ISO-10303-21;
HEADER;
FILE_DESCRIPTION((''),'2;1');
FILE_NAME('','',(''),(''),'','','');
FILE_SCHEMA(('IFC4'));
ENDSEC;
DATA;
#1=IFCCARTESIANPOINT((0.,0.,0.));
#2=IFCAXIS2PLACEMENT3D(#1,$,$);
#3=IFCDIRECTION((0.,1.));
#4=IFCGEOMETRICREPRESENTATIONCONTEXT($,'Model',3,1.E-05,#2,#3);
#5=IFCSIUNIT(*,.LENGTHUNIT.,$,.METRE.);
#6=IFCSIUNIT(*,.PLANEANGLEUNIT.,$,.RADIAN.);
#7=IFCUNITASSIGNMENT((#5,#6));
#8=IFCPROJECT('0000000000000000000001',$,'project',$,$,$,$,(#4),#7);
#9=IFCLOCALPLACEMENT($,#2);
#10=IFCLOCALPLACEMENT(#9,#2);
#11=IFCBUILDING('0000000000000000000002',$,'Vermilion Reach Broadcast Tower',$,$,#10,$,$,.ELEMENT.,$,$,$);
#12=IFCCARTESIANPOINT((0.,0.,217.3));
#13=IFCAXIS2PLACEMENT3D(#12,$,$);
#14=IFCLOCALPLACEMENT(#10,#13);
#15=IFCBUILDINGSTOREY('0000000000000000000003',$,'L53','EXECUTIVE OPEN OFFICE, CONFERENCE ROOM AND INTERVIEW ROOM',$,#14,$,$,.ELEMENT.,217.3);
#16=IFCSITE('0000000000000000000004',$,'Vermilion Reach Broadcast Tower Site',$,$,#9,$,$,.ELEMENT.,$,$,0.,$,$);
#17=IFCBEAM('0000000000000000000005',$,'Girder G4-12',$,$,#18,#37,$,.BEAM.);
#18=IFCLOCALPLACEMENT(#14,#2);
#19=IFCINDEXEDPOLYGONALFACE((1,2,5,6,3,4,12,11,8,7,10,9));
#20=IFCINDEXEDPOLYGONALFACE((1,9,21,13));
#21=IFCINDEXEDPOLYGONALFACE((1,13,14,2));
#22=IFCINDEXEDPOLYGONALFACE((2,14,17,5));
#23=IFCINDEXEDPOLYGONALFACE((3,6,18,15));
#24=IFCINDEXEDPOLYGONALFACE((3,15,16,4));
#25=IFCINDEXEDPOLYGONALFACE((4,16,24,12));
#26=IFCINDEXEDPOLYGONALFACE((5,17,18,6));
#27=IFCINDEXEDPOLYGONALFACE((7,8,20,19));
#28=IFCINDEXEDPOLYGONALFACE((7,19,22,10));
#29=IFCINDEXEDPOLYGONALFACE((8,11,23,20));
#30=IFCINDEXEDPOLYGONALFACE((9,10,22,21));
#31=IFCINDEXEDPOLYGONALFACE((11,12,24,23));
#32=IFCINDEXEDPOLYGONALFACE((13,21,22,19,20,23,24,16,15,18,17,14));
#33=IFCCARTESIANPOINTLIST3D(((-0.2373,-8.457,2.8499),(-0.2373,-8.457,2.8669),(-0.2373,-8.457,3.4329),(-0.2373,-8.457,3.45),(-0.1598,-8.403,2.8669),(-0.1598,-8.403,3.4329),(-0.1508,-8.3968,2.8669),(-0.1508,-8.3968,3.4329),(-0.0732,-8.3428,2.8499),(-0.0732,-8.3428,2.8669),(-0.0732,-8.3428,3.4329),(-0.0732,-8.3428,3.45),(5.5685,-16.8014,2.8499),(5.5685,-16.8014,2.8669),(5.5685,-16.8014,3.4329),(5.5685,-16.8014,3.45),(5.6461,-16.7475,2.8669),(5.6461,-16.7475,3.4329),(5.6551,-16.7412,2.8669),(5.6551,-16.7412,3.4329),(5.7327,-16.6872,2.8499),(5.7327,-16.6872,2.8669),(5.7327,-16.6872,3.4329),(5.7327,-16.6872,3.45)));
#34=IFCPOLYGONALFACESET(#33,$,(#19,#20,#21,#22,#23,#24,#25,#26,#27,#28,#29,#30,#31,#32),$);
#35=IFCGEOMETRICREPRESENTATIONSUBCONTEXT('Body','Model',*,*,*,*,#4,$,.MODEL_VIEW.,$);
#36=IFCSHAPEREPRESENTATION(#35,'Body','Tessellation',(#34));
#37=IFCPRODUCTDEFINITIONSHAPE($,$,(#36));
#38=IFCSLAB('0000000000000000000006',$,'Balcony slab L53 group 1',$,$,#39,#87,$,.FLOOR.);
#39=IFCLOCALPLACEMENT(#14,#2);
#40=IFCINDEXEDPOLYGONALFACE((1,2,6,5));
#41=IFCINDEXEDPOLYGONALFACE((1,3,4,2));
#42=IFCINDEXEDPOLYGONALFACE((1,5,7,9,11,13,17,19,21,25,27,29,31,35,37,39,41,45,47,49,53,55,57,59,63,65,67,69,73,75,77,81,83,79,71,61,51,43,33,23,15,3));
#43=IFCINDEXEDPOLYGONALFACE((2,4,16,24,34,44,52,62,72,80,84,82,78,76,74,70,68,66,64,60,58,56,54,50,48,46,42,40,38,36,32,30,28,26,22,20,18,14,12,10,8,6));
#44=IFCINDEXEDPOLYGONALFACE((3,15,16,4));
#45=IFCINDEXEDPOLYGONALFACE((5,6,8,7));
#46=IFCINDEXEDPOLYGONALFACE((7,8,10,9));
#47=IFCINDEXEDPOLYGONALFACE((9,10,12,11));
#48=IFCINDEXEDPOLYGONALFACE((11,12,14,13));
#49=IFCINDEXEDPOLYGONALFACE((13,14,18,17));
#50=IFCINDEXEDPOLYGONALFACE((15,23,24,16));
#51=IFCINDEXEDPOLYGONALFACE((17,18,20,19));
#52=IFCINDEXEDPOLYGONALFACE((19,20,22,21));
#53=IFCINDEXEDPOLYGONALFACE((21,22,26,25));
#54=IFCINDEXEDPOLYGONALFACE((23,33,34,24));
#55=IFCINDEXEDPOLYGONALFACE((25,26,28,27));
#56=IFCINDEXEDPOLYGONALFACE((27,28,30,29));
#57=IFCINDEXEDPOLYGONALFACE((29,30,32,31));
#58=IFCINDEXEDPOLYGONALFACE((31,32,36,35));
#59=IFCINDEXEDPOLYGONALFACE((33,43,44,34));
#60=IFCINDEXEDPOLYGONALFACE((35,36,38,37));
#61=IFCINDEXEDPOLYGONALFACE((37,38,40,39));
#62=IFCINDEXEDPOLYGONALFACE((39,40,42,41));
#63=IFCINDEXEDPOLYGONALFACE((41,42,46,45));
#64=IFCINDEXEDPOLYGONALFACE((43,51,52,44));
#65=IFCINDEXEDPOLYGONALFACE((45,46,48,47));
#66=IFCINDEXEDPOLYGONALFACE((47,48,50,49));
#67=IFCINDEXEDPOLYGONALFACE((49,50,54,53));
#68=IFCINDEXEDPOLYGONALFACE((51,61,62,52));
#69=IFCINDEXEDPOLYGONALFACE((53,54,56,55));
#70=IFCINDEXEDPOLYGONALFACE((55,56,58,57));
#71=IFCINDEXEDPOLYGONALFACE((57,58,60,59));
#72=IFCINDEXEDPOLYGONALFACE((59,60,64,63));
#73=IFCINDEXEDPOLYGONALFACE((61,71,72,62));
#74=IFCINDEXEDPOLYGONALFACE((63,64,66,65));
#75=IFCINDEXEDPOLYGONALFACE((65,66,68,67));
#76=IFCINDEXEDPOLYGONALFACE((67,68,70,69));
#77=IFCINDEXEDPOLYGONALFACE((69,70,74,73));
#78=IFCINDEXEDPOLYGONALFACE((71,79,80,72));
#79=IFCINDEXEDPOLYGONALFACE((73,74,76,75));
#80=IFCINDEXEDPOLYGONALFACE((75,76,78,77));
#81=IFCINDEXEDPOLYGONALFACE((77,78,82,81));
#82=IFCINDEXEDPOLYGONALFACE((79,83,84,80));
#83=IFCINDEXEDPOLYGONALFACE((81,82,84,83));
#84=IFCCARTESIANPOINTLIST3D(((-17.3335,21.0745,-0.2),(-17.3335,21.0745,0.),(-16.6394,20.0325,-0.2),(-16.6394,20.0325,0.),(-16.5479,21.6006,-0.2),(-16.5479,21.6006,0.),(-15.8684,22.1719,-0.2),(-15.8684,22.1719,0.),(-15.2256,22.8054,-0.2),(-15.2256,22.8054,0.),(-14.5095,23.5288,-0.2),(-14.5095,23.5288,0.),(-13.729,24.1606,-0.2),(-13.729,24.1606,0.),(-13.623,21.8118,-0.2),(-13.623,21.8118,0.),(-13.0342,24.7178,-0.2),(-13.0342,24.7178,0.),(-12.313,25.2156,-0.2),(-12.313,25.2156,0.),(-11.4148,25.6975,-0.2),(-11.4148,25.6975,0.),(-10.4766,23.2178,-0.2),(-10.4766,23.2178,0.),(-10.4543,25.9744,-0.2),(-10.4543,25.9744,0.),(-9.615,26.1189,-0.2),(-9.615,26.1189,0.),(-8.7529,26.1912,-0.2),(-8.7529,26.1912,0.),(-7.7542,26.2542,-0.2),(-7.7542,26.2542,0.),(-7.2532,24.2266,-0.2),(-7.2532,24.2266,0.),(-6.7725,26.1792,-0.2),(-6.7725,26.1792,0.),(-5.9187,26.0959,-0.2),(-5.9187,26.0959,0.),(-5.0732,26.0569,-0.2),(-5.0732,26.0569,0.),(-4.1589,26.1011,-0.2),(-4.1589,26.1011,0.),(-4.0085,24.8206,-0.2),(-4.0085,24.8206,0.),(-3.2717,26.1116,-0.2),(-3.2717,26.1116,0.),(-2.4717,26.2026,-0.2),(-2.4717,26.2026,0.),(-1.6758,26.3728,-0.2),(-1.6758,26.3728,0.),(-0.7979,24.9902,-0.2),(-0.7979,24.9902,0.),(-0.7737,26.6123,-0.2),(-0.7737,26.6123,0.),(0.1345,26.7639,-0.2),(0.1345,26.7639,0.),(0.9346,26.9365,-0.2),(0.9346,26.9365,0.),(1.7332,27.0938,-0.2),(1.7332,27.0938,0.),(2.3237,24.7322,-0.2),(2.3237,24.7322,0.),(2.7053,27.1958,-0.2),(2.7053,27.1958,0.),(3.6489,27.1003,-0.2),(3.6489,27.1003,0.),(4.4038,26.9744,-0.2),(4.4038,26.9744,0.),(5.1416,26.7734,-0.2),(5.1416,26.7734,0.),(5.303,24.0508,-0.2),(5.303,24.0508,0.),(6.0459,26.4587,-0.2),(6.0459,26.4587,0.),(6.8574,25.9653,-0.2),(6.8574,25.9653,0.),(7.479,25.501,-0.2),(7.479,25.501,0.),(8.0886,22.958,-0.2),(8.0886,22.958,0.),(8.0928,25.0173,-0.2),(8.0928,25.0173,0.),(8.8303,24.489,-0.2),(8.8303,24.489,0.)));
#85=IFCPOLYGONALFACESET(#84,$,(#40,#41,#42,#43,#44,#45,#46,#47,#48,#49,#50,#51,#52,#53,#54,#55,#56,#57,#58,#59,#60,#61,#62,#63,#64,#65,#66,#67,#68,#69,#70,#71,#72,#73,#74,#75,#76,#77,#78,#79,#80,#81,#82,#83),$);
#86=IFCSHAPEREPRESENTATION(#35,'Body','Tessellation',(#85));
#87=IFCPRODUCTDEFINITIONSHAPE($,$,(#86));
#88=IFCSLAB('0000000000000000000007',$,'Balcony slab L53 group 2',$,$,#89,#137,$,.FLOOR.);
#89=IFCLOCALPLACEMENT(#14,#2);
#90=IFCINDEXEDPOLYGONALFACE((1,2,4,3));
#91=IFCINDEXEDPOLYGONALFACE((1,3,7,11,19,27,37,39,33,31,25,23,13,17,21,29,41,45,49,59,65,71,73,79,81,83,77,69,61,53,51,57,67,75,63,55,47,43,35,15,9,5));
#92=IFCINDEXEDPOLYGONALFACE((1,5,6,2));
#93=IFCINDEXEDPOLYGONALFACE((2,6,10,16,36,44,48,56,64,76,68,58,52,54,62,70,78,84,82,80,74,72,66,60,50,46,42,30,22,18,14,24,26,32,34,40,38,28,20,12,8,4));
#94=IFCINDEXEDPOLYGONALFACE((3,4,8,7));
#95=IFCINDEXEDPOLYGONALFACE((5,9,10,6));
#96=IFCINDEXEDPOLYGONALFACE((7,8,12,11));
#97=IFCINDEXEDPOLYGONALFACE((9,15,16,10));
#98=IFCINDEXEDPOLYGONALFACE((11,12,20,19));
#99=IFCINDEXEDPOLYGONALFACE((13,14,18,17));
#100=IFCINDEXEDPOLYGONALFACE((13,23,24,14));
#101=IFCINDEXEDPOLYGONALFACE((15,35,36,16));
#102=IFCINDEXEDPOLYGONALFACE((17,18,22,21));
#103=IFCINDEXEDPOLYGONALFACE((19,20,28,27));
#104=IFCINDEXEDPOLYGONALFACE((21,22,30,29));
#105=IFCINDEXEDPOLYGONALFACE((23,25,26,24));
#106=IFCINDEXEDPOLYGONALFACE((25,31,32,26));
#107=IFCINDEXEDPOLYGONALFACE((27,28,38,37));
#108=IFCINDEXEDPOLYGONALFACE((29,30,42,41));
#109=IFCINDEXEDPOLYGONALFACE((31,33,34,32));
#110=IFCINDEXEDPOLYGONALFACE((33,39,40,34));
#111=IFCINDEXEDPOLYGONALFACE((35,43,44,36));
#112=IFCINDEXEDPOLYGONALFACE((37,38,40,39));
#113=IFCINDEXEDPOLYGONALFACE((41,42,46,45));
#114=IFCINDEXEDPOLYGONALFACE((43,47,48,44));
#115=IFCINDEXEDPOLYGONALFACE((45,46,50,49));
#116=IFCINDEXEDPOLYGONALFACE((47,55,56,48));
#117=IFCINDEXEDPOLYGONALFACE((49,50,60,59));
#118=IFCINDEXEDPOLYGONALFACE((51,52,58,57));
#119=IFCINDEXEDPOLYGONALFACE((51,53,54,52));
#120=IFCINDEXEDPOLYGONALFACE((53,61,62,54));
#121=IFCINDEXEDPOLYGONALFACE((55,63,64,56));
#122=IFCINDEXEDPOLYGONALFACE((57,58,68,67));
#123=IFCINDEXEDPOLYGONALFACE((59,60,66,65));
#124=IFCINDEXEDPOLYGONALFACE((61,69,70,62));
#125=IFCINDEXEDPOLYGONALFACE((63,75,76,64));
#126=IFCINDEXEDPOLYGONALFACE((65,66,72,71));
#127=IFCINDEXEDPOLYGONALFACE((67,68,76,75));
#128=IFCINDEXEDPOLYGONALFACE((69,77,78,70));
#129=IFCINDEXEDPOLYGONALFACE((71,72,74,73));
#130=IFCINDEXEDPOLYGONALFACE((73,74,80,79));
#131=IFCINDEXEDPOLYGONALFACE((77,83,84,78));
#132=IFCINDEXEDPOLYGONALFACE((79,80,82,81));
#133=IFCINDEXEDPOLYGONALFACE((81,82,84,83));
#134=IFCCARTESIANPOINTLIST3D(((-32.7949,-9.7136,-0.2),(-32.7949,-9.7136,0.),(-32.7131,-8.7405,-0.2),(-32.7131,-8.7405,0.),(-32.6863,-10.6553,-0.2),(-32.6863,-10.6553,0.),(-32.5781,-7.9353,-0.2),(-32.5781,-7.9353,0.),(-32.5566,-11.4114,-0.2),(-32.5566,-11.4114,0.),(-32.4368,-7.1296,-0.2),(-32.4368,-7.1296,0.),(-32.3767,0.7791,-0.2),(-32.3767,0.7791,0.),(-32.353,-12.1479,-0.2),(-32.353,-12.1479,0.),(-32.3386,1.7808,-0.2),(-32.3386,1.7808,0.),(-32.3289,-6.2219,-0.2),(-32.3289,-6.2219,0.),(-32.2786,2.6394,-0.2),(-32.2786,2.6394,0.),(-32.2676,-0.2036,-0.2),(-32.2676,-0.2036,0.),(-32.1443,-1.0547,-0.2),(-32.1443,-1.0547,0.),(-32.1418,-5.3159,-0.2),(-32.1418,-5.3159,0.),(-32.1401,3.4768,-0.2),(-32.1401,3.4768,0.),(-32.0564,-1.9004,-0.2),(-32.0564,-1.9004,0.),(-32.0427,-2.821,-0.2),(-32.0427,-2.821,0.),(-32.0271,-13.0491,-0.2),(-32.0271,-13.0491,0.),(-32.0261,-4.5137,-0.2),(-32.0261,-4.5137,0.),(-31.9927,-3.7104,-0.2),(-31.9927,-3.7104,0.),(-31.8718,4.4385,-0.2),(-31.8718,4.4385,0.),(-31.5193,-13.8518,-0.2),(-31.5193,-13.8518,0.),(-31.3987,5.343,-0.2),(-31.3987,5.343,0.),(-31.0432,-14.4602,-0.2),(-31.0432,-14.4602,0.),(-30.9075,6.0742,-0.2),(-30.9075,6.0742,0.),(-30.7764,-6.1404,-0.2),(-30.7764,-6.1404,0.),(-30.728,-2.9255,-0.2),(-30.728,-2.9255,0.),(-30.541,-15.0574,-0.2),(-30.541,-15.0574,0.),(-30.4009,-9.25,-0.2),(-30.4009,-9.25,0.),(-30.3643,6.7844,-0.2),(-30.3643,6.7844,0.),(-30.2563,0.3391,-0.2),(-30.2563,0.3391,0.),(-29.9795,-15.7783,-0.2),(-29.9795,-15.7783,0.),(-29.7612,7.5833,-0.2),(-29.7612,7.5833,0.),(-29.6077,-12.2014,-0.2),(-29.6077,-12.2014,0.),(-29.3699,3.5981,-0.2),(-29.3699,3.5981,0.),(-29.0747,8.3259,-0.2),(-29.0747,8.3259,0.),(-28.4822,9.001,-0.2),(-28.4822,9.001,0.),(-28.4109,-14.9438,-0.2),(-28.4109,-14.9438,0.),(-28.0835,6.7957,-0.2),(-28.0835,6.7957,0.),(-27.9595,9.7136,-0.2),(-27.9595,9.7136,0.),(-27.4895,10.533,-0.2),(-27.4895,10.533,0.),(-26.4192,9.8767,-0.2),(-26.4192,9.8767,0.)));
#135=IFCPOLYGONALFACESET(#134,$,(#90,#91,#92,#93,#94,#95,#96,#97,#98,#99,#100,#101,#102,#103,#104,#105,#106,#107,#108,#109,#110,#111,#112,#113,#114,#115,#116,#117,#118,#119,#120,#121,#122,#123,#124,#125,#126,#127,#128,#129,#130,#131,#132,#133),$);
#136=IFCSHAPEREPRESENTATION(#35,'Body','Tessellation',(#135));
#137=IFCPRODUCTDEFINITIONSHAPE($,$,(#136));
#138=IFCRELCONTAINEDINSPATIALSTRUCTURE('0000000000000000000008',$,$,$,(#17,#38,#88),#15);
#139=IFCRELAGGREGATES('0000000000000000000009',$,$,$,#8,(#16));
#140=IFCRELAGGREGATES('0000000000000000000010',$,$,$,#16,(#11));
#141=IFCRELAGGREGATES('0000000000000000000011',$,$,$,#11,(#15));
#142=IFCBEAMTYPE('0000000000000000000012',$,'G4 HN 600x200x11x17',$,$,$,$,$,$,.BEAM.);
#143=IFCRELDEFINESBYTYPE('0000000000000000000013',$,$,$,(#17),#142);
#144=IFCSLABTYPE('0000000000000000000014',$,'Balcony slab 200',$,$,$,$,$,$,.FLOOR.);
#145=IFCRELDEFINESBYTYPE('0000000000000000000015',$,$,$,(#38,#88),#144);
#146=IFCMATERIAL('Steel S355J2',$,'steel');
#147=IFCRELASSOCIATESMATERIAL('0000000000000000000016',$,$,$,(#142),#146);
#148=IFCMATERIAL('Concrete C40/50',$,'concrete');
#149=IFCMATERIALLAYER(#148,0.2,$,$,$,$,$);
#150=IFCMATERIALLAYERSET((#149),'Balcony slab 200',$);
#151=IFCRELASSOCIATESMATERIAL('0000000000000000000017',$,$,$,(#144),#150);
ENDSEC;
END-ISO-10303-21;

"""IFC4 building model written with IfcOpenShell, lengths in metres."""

from ifc_helpers import new_model, si_unit, direction, frame, origin, origin_2d, place, context, subcontext, project, spatial, polyline, i_section, outline, extrude, material, layer, layer_set, material_profile, profile_set, type_object, element, save


model = new_model("IFC4")

# Units and contexts
model_context = context("Model", 3, precision=1e-05, world=origin(), true_north=direction((0.0, 1.0)))
body_context = subcontext(model_context, "Body", "Model", "MODEL_VIEW")
ifc_project = project(units=[si_unit("LENGTHUNIT", "METRE"), si_unit("PLANEANGLEUNIT", "RADIAN")], contexts=[model_context])

# Site, building, storey
site_placement = place(None, origin())
site = spatial("IfcSite", under=ifc_project, at=site_placement, Name="Vermilion Reach Broadcast Tower Site", CompositionType="ELEMENT", RefElevation=0.0)
building_placement = place(site_placement, origin())
building = spatial("IfcBuilding", under=site, at=building_placement, Name="Vermilion Reach Broadcast Tower", CompositionType="ELEMENT")
storey_placement = place(building_placement, frame((0.0, 0.0, 217.3)))
storey = spatial("IfcBuildingStorey", under=building, at=storey_placement, Name="L53", Description="EXECUTIVE OPEN OFFICE, CONFERENCE ROOM AND INTERVIEW ROOM", CompositionType="ELEMENT", Elevation=217.3)

# Beam
ifc_material_1 = material(Name="Steel S355J2", Category="steel")
ifc_material_profile = material_profile(ifc_material_1, i_section(OverallWidth=0.2, OverallDepth=0.6001, WebThickness=0.011, FlangeThickness=0.0171, at=origin_2d()), Name="S355J2 HN 600x200x11x17")
ifc_profile_set = profile_set([ifc_material_profile], Name="Steel S355J2")
beam_type = type_object("IfcBeamType", Name="G4 HN 600x200x11x17", PredefinedType="BEAM", material=ifc_profile_set)
beam_placement = place(storey_placement, frame((-0.1553, -8.3999, 3.1499), z_axis=(0.571134, -0.820857, 0.0), x_axis=(0.820857, 0.571134, 0.0)))
element("IfcBeam", 1, at=beam_placement, inside=storey, type_object=beam_type, Name="Girder G4-12", PredefinedType="BEAM", context=body_context, shape_type="SweptSolid", body=[
    extrude(i_section(OverallWidth=0.2, OverallDepth=0.6001, WebThickness=0.011, FlangeThickness=0.0171, at=origin_2d()), origin(), (0.0, 0.0, 1.0), 10.1655),
])

# Slabs
ifc_material_2 = material(Name="Concrete C40/50", Category="concrete")
ifc_layer_1 = layer(ifc_material_2, 0.2)
ifc_layer_set_1 = layer_set([ifc_layer_1], Name="Balcony slab 200")
slab_type_1 = type_object("IfcSlabType", Name="Balcony slab 200", PredefinedType="FLOOR", material=ifc_layer_set_1)
placement_1 = place(storey_placement, frame((0.0, 0.0, -0.2)))
element("IfcSlab", 2, at=placement_1, inside=storey, type_object=slab_type_1, Name="Balcony slab L53 group 1", PredefinedType="FLOOR", context=body_context, shape_type="SweptSolid", body=[
    extrude(outline(polyline([(8.0886, 22.958), (5.303, 24.0508), (2.3237, 24.7322), (-0.7979, 24.9902), (-4.0085, 24.8206), (-7.2532, 24.2266), (-10.4766, 23.2178), (-13.623, 21.8118), (-16.6394, 20.0325), (-17.3335, 21.0745), (-16.5479, 21.6006), (-15.8684, 22.1719), (-15.2256, 22.8054), (-14.5095, 23.5288), (-13.729, 24.1606), (-13.0342, 24.7178), (-12.313, 25.2156), (-11.4148, 25.6975), (-10.4543, 25.9744), (-9.615, 26.1189), (-8.7529, 26.1912), (-7.7542, 26.2542), (-6.7725, 26.1792), (-5.9187, 26.0959), (-5.0732, 26.0569), (-4.1589, 26.1011), (-3.2717, 26.1116), (-2.4717, 26.2026), (-1.6758, 26.3728), (-0.7737, 26.6123), (0.1345, 26.7639), (0.9346, 26.9365), (1.7332, 27.0938), (2.7053, 27.1958), (3.6489, 27.1003), (4.4038, 26.9744), (5.1416, 26.7734), (6.0459, 26.4587), (6.8574, 25.9653), (7.479, 25.501), (8.0928, 25.0173), (8.8303, 24.489), (8.0886, 22.958)])), origin(), (0.0, 0.0, 1.0), 0.2),
])
element("IfcSlab", 3, at=placement_1, inside=storey, type_object=slab_type_1, Name="Balcony slab L53 group 2", PredefinedType="FLOOR", context=body_context, shape_type="SweptSolid", body=[
    extrude(outline(polyline([(-26.4192, 9.8767), (-28.0835, 6.7957), (-29.3699, 3.5981), (-30.2563, 0.3391), (-30.728, -2.9255), (-30.7764, -6.1404), (-30.4009, -9.25), (-29.6077, -12.2014), (-28.4109, -14.9438), (-29.9795, -15.7783), (-30.541, -15.0574), (-31.0432, -14.4602), (-31.5193, -13.8518), (-32.0271, -13.0491), (-32.353, -12.1479), (-32.5566, -11.4114), (-32.6863, -10.6553), (-32.7949, -9.7136), (-32.7131, -8.7405), (-32.5781, -7.9353), (-32.4368, -7.1296), (-32.3289, -6.2219), (-32.1418, -5.3159), (-32.0261, -4.5137), (-31.9927, -3.7104), (-32.0427, -2.821), (-32.0564, -1.9004), (-32.1443, -1.0547), (-32.2676, -0.2036), (-32.3767, 0.7791), (-32.3386, 1.7808), (-32.2786, 2.6394), (-32.1401, 3.4768), (-31.8718, 4.4385), (-31.3987, 5.343), (-30.9075, 6.0742), (-30.3643, 6.7844), (-29.7612, 7.5833), (-29.0747, 8.3259), (-28.4822, 9.001), (-27.9595, 9.7136), (-27.4895, 10.533), (-26.4192, 9.8767)])), origin(), (0.0, 0.0, 1.0), 0.2),
])

save(model, "model.ifc")
